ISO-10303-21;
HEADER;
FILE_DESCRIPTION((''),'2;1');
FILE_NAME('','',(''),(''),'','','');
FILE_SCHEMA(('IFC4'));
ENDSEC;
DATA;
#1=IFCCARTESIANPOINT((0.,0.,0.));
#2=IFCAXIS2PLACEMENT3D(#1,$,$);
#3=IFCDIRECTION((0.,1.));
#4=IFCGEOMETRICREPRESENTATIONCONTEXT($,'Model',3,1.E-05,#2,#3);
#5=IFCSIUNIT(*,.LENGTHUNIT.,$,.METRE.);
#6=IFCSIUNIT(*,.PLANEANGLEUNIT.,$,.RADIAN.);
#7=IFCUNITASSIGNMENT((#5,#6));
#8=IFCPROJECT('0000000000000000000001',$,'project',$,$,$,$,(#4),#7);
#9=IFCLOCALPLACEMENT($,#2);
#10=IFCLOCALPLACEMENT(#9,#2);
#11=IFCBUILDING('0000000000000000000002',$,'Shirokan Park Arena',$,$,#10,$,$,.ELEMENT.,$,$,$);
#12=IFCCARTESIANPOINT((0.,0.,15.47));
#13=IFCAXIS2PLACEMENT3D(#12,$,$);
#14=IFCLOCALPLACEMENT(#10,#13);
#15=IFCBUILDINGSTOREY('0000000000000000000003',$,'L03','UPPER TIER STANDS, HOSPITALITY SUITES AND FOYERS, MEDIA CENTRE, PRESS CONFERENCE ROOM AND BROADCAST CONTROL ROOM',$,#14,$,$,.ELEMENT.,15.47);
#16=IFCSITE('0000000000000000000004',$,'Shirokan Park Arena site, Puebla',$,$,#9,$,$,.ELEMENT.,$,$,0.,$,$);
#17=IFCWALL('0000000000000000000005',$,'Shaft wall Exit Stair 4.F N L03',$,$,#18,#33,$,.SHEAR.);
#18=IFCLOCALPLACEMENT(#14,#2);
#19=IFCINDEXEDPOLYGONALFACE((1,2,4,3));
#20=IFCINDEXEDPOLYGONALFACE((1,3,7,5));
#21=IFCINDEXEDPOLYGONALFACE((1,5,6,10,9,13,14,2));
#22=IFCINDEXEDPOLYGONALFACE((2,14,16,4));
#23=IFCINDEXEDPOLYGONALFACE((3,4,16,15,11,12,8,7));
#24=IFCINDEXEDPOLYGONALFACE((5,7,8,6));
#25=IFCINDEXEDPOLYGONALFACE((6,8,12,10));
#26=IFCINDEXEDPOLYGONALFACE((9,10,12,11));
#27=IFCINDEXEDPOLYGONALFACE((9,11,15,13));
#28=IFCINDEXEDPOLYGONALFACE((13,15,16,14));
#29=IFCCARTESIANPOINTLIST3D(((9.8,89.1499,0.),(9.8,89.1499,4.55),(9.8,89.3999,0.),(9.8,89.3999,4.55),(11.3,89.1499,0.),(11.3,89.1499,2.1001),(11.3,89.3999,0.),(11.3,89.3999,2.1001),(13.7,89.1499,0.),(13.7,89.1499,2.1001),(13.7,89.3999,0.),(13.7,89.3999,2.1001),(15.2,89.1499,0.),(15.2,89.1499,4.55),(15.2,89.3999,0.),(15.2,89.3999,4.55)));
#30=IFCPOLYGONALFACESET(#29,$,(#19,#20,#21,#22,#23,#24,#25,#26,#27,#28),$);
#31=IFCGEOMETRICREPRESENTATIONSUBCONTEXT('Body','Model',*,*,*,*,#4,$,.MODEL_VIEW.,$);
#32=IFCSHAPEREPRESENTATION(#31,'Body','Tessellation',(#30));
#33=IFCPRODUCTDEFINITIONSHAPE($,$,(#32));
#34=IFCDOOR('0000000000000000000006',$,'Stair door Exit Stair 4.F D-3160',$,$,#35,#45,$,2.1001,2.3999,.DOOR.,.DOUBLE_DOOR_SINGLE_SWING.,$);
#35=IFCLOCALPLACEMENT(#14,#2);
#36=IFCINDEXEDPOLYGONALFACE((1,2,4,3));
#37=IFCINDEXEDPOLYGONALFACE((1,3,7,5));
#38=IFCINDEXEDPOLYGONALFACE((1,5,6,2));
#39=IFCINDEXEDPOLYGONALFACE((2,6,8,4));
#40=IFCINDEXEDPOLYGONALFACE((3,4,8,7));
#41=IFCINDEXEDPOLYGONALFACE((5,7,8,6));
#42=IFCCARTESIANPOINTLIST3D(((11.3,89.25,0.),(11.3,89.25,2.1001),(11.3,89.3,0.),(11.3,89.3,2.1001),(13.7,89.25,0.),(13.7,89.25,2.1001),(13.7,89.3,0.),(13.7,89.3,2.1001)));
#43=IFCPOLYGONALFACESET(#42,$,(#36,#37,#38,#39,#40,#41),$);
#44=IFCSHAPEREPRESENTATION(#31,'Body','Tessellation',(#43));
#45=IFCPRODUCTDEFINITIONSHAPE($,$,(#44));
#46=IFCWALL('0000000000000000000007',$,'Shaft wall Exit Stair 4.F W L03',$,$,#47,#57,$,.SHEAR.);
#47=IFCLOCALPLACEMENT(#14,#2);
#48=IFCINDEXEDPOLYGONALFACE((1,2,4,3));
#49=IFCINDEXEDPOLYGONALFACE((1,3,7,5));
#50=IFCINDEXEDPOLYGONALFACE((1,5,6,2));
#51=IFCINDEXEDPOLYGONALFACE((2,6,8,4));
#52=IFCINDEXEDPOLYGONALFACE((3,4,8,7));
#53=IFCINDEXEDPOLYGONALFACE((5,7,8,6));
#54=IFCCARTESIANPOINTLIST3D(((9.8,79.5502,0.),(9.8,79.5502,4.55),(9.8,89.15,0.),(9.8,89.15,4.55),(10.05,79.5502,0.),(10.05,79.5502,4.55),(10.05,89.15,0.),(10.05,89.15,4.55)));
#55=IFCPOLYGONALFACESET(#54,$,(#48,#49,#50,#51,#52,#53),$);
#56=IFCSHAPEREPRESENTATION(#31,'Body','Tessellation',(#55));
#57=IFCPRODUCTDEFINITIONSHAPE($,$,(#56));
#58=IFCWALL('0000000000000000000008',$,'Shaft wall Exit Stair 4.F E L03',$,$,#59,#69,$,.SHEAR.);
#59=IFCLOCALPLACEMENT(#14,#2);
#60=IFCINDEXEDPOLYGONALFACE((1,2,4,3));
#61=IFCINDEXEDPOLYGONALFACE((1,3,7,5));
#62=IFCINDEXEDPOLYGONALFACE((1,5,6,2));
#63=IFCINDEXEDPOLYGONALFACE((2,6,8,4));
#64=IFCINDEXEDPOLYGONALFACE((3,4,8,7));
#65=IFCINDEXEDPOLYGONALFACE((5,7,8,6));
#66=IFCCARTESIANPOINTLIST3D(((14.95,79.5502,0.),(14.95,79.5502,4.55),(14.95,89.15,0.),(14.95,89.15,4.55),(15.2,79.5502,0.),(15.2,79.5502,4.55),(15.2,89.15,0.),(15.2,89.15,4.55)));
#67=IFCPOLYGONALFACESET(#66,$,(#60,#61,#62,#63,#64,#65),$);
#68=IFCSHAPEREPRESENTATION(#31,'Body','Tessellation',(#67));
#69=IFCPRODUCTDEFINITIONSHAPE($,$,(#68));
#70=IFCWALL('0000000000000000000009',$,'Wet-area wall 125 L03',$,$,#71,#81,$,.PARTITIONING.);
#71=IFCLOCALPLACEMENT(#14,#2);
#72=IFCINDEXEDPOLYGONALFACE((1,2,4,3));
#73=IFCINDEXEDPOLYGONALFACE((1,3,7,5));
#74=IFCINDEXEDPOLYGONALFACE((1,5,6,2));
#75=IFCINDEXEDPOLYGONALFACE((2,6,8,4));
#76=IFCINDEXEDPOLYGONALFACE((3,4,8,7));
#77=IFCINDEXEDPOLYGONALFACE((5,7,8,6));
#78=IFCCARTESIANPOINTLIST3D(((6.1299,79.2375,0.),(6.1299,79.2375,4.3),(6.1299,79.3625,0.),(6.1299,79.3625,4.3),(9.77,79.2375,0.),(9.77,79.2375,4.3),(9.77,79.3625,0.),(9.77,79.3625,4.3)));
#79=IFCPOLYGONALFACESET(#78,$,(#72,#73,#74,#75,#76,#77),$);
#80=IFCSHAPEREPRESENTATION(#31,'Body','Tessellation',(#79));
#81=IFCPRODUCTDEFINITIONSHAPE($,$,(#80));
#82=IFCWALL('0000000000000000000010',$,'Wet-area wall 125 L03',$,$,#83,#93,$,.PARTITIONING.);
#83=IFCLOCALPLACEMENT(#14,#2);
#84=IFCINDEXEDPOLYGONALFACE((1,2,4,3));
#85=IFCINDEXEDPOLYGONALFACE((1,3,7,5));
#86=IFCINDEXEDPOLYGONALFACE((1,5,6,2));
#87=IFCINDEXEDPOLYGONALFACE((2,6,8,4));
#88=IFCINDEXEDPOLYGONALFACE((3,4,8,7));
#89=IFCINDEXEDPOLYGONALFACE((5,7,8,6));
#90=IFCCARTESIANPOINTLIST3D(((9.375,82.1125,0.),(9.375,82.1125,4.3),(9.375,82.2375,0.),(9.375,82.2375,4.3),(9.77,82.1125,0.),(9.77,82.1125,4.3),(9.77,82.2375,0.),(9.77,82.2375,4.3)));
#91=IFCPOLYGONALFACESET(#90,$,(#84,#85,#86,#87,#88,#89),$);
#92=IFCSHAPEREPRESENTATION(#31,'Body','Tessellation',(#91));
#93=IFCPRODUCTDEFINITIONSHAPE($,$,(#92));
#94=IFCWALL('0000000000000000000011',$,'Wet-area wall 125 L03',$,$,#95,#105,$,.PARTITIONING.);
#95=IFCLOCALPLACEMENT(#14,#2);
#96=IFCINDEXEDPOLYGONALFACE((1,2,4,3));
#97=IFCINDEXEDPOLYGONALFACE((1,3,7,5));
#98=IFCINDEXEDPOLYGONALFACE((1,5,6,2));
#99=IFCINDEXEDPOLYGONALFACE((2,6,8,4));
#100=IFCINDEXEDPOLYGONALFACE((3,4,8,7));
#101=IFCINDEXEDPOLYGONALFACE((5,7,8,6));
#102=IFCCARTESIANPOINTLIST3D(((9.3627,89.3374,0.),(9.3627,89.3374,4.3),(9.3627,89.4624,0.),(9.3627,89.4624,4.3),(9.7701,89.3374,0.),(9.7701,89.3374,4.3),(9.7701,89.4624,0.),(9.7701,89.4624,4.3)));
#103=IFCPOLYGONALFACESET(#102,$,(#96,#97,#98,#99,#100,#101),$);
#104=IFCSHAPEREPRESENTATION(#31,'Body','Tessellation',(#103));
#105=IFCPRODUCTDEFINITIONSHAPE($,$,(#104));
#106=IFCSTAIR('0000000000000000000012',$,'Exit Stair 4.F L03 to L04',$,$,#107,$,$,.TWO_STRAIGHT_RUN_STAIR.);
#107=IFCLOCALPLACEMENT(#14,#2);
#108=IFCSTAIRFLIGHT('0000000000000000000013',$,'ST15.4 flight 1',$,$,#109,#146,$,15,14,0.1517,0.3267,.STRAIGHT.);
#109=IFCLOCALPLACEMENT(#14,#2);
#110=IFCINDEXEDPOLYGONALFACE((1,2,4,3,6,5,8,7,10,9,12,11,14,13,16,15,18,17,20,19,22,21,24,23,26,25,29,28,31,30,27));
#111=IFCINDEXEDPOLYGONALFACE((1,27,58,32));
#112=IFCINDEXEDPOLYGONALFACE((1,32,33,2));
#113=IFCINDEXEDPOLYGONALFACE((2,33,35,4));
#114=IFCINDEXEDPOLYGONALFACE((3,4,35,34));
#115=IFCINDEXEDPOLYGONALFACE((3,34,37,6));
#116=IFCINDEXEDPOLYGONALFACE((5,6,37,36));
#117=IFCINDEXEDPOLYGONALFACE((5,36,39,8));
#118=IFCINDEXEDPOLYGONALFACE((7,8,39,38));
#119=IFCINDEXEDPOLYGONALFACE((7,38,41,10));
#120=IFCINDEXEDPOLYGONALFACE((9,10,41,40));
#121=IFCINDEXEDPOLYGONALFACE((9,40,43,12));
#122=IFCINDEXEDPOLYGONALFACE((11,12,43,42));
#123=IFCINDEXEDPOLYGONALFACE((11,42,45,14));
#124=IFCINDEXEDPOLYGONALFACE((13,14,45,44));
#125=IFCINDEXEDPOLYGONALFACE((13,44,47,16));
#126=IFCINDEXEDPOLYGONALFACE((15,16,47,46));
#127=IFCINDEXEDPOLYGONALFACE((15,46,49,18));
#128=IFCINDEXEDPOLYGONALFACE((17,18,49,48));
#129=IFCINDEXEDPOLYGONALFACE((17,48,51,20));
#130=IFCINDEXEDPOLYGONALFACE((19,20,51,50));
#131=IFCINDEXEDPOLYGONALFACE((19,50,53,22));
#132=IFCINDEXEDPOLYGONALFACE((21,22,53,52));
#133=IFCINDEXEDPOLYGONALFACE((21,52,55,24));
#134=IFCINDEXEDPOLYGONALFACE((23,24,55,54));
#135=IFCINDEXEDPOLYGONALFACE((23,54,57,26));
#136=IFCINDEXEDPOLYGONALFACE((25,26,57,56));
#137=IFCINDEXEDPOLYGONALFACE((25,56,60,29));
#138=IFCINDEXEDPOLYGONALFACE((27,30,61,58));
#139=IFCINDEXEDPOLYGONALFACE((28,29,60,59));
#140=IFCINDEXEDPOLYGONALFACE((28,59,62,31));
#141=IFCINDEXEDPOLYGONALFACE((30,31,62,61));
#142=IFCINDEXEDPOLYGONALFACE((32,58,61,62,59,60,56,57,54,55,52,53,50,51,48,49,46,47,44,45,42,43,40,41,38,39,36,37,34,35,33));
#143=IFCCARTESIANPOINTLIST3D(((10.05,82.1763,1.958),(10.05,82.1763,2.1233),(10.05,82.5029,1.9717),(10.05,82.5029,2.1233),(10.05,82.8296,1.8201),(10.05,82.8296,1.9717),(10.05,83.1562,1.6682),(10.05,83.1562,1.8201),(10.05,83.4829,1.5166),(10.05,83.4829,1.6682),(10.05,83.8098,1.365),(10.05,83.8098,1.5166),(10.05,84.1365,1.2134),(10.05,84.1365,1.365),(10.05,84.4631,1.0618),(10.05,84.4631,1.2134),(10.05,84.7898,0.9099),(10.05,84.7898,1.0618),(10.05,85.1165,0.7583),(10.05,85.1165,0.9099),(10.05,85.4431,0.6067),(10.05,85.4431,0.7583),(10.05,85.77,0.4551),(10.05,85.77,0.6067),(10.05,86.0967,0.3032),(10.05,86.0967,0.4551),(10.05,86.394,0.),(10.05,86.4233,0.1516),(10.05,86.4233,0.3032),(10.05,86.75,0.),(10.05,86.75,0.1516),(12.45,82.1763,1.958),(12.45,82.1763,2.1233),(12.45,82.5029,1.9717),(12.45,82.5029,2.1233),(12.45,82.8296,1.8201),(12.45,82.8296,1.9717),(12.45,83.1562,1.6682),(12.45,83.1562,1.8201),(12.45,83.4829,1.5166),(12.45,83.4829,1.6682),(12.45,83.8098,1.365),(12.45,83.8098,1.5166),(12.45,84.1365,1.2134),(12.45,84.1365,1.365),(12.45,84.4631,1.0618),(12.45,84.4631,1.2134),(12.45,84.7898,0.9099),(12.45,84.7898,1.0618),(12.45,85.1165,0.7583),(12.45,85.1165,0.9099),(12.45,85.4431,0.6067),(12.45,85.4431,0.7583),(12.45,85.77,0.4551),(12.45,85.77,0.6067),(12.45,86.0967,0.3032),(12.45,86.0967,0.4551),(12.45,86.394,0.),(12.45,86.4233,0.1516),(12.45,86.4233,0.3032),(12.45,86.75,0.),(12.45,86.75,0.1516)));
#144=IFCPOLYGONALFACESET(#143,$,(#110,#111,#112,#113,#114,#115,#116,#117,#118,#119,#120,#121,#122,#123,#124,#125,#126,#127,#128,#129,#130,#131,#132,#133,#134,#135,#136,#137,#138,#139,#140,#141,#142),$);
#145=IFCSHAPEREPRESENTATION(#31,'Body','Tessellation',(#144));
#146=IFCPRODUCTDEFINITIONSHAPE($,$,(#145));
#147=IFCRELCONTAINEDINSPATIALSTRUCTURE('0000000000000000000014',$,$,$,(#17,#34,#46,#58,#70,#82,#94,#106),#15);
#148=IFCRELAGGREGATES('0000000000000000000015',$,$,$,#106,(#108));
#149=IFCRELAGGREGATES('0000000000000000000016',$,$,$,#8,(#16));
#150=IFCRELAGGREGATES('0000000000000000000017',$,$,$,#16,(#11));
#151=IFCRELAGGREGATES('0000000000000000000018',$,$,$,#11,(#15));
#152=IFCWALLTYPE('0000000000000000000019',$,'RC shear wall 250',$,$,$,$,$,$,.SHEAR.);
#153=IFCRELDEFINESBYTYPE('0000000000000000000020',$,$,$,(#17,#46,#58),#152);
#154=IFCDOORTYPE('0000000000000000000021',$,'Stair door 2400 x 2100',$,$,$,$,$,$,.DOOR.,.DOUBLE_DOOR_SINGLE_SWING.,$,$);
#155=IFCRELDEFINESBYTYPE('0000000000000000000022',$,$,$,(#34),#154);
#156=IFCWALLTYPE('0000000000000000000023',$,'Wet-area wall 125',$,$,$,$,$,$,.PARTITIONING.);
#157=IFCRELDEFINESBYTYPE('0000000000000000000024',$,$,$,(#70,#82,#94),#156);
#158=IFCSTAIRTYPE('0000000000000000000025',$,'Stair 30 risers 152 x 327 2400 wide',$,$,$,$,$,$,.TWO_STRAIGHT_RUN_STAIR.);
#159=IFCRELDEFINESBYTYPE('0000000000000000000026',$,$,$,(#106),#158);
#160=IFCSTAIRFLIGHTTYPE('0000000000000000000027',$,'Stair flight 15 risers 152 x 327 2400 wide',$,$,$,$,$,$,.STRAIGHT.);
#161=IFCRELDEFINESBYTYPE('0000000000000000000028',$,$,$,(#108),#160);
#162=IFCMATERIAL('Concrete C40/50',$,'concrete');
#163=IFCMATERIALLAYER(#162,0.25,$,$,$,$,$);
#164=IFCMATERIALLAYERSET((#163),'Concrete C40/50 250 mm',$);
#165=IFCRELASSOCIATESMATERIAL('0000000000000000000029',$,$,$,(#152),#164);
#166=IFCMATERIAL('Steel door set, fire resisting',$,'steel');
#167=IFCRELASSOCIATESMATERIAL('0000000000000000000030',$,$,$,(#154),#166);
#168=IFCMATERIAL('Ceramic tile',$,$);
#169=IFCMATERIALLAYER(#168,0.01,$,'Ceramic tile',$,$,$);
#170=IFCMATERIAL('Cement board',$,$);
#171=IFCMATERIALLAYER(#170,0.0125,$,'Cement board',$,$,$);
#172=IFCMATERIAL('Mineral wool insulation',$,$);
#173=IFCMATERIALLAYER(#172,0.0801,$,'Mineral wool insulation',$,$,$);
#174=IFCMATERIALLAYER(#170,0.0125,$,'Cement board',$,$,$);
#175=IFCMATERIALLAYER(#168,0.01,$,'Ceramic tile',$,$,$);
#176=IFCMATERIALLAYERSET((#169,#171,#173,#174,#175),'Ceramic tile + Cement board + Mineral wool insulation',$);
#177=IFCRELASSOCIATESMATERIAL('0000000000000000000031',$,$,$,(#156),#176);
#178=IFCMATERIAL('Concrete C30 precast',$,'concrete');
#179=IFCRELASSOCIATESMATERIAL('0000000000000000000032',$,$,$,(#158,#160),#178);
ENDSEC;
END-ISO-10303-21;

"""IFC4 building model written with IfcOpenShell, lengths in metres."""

from ifc_helpers import new_model, si_unit, direction, frame, frame_2d, origin, place, context, subcontext, project, spatial, polyline, rectangle, outline, extrude, material, layer, layer_set, type_object, element, fill, aggregate, save


model = new_model("IFC4")

# Units and contexts
model_context = context("Model", 3, precision=1e-05, world=origin(), true_north=direction((0.0, 1.0)))
body_context = subcontext(model_context, "Body", "Model", "MODEL_VIEW")
ifc_project = project(units=[si_unit("LENGTHUNIT", "METRE"), si_unit("PLANEANGLEUNIT", "RADIAN")], contexts=[model_context])

# Site, building, storey
site_placement = place(None, origin())
site = spatial("IfcSite", under=ifc_project, at=site_placement, Name="Shirokan Park Arena site, Puebla", CompositionType="ELEMENT", RefElevation=0.0)
building_placement = place(site_placement, origin())
building = spatial("IfcBuilding", under=site, at=building_placement, Name="Shirokan Park Arena", CompositionType="ELEMENT")
storey_placement = place(building_placement, frame((0.0, 0.0, 15.47)))
storey = spatial("IfcBuildingStorey", under=building, at=storey_placement, Name="L03", Description="UPPER TIER STANDS, HOSPITALITY SUITES AND FOYERS, MEDIA CENTRE, PRESS CONFERENCE ROOM AND BROADCAST CONTROL ROOM", CompositionType="ELEMENT", Elevation=15.47)

# Shared definitions
ifc_material_1 = material(Name="Mineral wool insulation")
ifc_material_2 = material(Name="Concrete C40/50", Category="concrete")
ifc_layer_1 = layer(ifc_material_2, 0.25)
ifc_layer_set_1 = layer_set([ifc_layer_1], Name="Concrete C40/50 250 mm")
wall_type_1 = type_object("IfcWallType", Name="RC shear wall 250", PredefinedType="SHEAR", material=ifc_layer_set_1)

# Wall, opening, door
wall_1_placement = place(storey_placement, frame((15.2, 89.2749, 0.0), z_axis=(0.0, 0.0, 1.0), x_axis=(-1.0, 0.0, 0.0)))
wall_1 = element("IfcWall", 1, at=wall_1_placement, inside=storey, type_object=wall_type_1, Name="Shaft wall Exit Stair 4.F N L03", PredefinedType="SHEAR", context=body_context, shape_type="SweptSolid", body=[
    extrude(rectangle(XDim=5.3999, YDim=0.25, at=frame_2d((2.7, 0.0))), origin(), (0.0, 0.0, 1.0), 4.55),
])
opening_placement = place(wall_1_placement, frame((1.5, 0.0, 0.0)))
opening = element("IfcOpeningElement", 2, at=opening_placement, cuts=wall_1, PredefinedType="OPENING", context=body_context, shape_type="SweptSolid", body=[
    extrude(rectangle(XDim=2.3999, YDim=2.1001, at=frame_2d((1.2, 1.05))), frame((0.0, 0.135, 0.0), z_axis=(0.0, -1.0, 0.0), x_axis=(1.0, 0.0, 0.0)), (0.0, 0.0, 1.0), 0.27),
])
ifc_material_3 = material(Name="Steel door set, fire resisting", Category="steel")
door_type = type_object("IfcDoorType", Name="Stair door 2400 x 2100", OperationType="DOUBLE_DOOR_SINGLE_SWING", PredefinedType="DOOR", material=ifc_material_3)
door_placement = place(opening_placement, origin())
door = element("IfcDoor", 3, at=door_placement, inside=storey, type_object=door_type, Name="Stair door Exit Stair 4.F D-3160", OperationType="DOUBLE_DOOR_SINGLE_SWING", OverallHeight=2.1001, OverallWidth=2.3999, PredefinedType="DOOR", context=body_context, shape_type="SweptSolid", body=[
    extrude(rectangle(XDim=2.3999, YDim=2.1001, at=frame_2d((1.2, 1.05))), frame((0.0, 0.0249, 0.0), z_axis=(0.0, -1.0, 0.0), x_axis=(1.0, 0.0, 0.0)), (0.0, 0.0, 1.0), 0.05),
])
fill(opening, door)

# Walls
for number, where, z_axis, x_axis, name in (
    (4, (9.925, 89.1499, 0.0), (0.0, 0.0, 1.0), (0.0, -1.0, 0.0), "Shaft wall Exit Stair 4.F W L03"),
    (5, (15.075, 89.1499, 0.0), (0.0, 0.0, 1.0), (0.0, -1.0, 0.0), "Shaft wall Exit Stair 4.F E L03"),
):
    element("IfcWall", number, at=place(storey_placement, frame(where, z_axis=z_axis, x_axis=x_axis)), inside=storey, type_object=wall_type_1, Name=name, PredefinedType="SHEAR", context=body_context, shape_type="SweptSolid", body=[
        extrude(rectangle(XDim=9.5999, YDim=0.25, at=frame_2d((4.7998, 0.0))), origin(), (0.0, 0.0, 1.0), 4.55),
    ])
ifc_material_4 = material(Name="Ceramic tile")
ifc_layer_2 = layer(ifc_material_4, 0.01, Name="Ceramic tile")
ifc_material_5 = material(Name="Cement board")
ifc_layer_3 = layer(ifc_material_5, 0.0125, Name="Cement board")
ifc_layer_4 = layer(ifc_material_1, 0.0801, Name="Mineral wool insulation")
ifc_layer_5 = layer(ifc_material_5, 0.0125, Name="Cement board")
ifc_layer_6 = layer(ifc_material_4, 0.01, Name="Ceramic tile")
ifc_layer_set_2 = layer_set([ifc_layer_2, ifc_layer_3, ifc_layer_4, ifc_layer_5, ifc_layer_6], Name="Ceramic tile + Cement board + Mineral wool insulation")
wall_type_2 = type_object("IfcWallType", Name="Wet-area wall 125", PredefinedType="PARTITIONING", material=ifc_layer_set_2)
wall_2_placement = place(storey_placement, frame((9.77, 79.3, 0.0), z_axis=(0.0, 0.0, 1.0), x_axis=(-1.0, 0.0, 0.0)))
element("IfcWall", 6, at=wall_2_placement, inside=storey, type_object=wall_type_2, Name="Wet-area wall 125 L03", PredefinedType="PARTITIONING", context=body_context, shape_type="SweptSolid", body=[
    extrude(rectangle(XDim=3.6401, YDim=0.125, at=frame_2d((1.8201, 0.0))), origin(), (0.0, 0.0, 1.0), 4.3),
])
wall_3_placement = place(storey_placement, frame((9.77, 82.175, 0.0), z_axis=(0.0, 0.0, 1.0), x_axis=(-1.0, 0.0, 0.0)))
element("IfcWall", 7, at=wall_3_placement, inside=storey, type_object=wall_type_2, Name="Wet-area wall 125 L03", PredefinedType="PARTITIONING", context=body_context, shape_type="SweptSolid", body=[
    extrude(rectangle(XDim=0.395, YDim=0.125, at=frame_2d((0.1975, 0.0))), origin(), (0.0, 0.0, 1.0), 4.3),
])
wall_4_placement = place(storey_placement, frame((9.77, 89.3999, 0.0), z_axis=(0.0, 0.0, 1.0), x_axis=(-1.0, 0.0, 0.0)))
element("IfcWall", 8, at=wall_4_placement, inside=storey, type_object=wall_type_2, Name="Wet-area wall 125 L03", PredefinedType="PARTITIONING", context=body_context, shape_type="SweptSolid", body=[
    extrude(rectangle(XDim=0.4075, YDim=0.125, at=frame_2d((0.2036, 0.0))), origin(), (0.0, 0.0, 1.0), 4.3),
])

# Stair, stair flight
ifc_material_6 = material(Name="Concrete C30 precast", Category="concrete")
stair_type = type_object("IfcStairType", Name="Stair 30 risers 152 x 327 2400 wide", PredefinedType="TWO_STRAIGHT_RUN_STAIR", material=ifc_material_6)
stair_placement = place(storey_placement, origin())
stair = element("IfcStair", 9, at=stair_placement, inside=storey, type_object=stair_type, Name="Exit Stair 4.F L03 to L04", PredefinedType="TWO_STRAIGHT_RUN_STAIR")
stair_flight_type = type_object("IfcStairFlightType", Name="Stair flight 15 risers 152 x 327 2400 wide", PredefinedType="STRAIGHT", material=ifc_material_6)
stair_flight_1_placement = place(storey_placement, frame((11.25, 86.75, 0.0), z_axis=(0.0, 0.0, 1.0), x_axis=(0.0, -1.0, 0.0)))
stair_flight_1 = element("IfcStairFlight", 10, at=stair_flight_1_placement, type_object=stair_flight_type, Name="ST15.4 flight 1", NumberOfRisers=15, NumberOfTreads=14, PredefinedType="STRAIGHT", RiserHeight=0.1517, TreadLength=0.3267, context=body_context, shape_type="SweptSolid", body=[
    extrude(outline(polyline([(0.0, 0.0), (0.0, 0.1516), (0.3267, 0.1516), (0.3267, 0.3032), (0.6533, 0.3032), (0.6533, 0.4551), (0.98, 0.4551), (0.98, 0.6067), (1.3069, 0.6067), (1.3069, 0.7583), (1.6335, 0.7583), (1.6335, 0.9099), (1.9602, 0.9099), (1.9602, 1.0618), (2.2869, 1.0618), (2.2869, 1.2134), (2.6135, 1.2134), (2.6135, 1.365), (2.9402, 1.365), (2.9402, 1.5166), (3.2671, 1.5166), (3.2671, 1.6682), (3.5938, 1.6682), (3.5938, 1.8201), (3.9204, 1.8201), (3.9204, 1.9717), (4.2471, 1.9717), (4.2471, 2.1233), (4.5737, 2.1233), (4.5737, 2.2749), (4.5737, 1.958), (0.356, 0.0), (0.0, 0.0)])), frame((0.0, 1.2, 0.0), z_axis=(0.0, -1.0, 0.0), x_axis=(1.0, 0.0, 0.0)), (0.0, 0.0, 1.0), 2.3999),
])
aggregate(stair, [stair_flight_1])

save(model, "model.ifc")
